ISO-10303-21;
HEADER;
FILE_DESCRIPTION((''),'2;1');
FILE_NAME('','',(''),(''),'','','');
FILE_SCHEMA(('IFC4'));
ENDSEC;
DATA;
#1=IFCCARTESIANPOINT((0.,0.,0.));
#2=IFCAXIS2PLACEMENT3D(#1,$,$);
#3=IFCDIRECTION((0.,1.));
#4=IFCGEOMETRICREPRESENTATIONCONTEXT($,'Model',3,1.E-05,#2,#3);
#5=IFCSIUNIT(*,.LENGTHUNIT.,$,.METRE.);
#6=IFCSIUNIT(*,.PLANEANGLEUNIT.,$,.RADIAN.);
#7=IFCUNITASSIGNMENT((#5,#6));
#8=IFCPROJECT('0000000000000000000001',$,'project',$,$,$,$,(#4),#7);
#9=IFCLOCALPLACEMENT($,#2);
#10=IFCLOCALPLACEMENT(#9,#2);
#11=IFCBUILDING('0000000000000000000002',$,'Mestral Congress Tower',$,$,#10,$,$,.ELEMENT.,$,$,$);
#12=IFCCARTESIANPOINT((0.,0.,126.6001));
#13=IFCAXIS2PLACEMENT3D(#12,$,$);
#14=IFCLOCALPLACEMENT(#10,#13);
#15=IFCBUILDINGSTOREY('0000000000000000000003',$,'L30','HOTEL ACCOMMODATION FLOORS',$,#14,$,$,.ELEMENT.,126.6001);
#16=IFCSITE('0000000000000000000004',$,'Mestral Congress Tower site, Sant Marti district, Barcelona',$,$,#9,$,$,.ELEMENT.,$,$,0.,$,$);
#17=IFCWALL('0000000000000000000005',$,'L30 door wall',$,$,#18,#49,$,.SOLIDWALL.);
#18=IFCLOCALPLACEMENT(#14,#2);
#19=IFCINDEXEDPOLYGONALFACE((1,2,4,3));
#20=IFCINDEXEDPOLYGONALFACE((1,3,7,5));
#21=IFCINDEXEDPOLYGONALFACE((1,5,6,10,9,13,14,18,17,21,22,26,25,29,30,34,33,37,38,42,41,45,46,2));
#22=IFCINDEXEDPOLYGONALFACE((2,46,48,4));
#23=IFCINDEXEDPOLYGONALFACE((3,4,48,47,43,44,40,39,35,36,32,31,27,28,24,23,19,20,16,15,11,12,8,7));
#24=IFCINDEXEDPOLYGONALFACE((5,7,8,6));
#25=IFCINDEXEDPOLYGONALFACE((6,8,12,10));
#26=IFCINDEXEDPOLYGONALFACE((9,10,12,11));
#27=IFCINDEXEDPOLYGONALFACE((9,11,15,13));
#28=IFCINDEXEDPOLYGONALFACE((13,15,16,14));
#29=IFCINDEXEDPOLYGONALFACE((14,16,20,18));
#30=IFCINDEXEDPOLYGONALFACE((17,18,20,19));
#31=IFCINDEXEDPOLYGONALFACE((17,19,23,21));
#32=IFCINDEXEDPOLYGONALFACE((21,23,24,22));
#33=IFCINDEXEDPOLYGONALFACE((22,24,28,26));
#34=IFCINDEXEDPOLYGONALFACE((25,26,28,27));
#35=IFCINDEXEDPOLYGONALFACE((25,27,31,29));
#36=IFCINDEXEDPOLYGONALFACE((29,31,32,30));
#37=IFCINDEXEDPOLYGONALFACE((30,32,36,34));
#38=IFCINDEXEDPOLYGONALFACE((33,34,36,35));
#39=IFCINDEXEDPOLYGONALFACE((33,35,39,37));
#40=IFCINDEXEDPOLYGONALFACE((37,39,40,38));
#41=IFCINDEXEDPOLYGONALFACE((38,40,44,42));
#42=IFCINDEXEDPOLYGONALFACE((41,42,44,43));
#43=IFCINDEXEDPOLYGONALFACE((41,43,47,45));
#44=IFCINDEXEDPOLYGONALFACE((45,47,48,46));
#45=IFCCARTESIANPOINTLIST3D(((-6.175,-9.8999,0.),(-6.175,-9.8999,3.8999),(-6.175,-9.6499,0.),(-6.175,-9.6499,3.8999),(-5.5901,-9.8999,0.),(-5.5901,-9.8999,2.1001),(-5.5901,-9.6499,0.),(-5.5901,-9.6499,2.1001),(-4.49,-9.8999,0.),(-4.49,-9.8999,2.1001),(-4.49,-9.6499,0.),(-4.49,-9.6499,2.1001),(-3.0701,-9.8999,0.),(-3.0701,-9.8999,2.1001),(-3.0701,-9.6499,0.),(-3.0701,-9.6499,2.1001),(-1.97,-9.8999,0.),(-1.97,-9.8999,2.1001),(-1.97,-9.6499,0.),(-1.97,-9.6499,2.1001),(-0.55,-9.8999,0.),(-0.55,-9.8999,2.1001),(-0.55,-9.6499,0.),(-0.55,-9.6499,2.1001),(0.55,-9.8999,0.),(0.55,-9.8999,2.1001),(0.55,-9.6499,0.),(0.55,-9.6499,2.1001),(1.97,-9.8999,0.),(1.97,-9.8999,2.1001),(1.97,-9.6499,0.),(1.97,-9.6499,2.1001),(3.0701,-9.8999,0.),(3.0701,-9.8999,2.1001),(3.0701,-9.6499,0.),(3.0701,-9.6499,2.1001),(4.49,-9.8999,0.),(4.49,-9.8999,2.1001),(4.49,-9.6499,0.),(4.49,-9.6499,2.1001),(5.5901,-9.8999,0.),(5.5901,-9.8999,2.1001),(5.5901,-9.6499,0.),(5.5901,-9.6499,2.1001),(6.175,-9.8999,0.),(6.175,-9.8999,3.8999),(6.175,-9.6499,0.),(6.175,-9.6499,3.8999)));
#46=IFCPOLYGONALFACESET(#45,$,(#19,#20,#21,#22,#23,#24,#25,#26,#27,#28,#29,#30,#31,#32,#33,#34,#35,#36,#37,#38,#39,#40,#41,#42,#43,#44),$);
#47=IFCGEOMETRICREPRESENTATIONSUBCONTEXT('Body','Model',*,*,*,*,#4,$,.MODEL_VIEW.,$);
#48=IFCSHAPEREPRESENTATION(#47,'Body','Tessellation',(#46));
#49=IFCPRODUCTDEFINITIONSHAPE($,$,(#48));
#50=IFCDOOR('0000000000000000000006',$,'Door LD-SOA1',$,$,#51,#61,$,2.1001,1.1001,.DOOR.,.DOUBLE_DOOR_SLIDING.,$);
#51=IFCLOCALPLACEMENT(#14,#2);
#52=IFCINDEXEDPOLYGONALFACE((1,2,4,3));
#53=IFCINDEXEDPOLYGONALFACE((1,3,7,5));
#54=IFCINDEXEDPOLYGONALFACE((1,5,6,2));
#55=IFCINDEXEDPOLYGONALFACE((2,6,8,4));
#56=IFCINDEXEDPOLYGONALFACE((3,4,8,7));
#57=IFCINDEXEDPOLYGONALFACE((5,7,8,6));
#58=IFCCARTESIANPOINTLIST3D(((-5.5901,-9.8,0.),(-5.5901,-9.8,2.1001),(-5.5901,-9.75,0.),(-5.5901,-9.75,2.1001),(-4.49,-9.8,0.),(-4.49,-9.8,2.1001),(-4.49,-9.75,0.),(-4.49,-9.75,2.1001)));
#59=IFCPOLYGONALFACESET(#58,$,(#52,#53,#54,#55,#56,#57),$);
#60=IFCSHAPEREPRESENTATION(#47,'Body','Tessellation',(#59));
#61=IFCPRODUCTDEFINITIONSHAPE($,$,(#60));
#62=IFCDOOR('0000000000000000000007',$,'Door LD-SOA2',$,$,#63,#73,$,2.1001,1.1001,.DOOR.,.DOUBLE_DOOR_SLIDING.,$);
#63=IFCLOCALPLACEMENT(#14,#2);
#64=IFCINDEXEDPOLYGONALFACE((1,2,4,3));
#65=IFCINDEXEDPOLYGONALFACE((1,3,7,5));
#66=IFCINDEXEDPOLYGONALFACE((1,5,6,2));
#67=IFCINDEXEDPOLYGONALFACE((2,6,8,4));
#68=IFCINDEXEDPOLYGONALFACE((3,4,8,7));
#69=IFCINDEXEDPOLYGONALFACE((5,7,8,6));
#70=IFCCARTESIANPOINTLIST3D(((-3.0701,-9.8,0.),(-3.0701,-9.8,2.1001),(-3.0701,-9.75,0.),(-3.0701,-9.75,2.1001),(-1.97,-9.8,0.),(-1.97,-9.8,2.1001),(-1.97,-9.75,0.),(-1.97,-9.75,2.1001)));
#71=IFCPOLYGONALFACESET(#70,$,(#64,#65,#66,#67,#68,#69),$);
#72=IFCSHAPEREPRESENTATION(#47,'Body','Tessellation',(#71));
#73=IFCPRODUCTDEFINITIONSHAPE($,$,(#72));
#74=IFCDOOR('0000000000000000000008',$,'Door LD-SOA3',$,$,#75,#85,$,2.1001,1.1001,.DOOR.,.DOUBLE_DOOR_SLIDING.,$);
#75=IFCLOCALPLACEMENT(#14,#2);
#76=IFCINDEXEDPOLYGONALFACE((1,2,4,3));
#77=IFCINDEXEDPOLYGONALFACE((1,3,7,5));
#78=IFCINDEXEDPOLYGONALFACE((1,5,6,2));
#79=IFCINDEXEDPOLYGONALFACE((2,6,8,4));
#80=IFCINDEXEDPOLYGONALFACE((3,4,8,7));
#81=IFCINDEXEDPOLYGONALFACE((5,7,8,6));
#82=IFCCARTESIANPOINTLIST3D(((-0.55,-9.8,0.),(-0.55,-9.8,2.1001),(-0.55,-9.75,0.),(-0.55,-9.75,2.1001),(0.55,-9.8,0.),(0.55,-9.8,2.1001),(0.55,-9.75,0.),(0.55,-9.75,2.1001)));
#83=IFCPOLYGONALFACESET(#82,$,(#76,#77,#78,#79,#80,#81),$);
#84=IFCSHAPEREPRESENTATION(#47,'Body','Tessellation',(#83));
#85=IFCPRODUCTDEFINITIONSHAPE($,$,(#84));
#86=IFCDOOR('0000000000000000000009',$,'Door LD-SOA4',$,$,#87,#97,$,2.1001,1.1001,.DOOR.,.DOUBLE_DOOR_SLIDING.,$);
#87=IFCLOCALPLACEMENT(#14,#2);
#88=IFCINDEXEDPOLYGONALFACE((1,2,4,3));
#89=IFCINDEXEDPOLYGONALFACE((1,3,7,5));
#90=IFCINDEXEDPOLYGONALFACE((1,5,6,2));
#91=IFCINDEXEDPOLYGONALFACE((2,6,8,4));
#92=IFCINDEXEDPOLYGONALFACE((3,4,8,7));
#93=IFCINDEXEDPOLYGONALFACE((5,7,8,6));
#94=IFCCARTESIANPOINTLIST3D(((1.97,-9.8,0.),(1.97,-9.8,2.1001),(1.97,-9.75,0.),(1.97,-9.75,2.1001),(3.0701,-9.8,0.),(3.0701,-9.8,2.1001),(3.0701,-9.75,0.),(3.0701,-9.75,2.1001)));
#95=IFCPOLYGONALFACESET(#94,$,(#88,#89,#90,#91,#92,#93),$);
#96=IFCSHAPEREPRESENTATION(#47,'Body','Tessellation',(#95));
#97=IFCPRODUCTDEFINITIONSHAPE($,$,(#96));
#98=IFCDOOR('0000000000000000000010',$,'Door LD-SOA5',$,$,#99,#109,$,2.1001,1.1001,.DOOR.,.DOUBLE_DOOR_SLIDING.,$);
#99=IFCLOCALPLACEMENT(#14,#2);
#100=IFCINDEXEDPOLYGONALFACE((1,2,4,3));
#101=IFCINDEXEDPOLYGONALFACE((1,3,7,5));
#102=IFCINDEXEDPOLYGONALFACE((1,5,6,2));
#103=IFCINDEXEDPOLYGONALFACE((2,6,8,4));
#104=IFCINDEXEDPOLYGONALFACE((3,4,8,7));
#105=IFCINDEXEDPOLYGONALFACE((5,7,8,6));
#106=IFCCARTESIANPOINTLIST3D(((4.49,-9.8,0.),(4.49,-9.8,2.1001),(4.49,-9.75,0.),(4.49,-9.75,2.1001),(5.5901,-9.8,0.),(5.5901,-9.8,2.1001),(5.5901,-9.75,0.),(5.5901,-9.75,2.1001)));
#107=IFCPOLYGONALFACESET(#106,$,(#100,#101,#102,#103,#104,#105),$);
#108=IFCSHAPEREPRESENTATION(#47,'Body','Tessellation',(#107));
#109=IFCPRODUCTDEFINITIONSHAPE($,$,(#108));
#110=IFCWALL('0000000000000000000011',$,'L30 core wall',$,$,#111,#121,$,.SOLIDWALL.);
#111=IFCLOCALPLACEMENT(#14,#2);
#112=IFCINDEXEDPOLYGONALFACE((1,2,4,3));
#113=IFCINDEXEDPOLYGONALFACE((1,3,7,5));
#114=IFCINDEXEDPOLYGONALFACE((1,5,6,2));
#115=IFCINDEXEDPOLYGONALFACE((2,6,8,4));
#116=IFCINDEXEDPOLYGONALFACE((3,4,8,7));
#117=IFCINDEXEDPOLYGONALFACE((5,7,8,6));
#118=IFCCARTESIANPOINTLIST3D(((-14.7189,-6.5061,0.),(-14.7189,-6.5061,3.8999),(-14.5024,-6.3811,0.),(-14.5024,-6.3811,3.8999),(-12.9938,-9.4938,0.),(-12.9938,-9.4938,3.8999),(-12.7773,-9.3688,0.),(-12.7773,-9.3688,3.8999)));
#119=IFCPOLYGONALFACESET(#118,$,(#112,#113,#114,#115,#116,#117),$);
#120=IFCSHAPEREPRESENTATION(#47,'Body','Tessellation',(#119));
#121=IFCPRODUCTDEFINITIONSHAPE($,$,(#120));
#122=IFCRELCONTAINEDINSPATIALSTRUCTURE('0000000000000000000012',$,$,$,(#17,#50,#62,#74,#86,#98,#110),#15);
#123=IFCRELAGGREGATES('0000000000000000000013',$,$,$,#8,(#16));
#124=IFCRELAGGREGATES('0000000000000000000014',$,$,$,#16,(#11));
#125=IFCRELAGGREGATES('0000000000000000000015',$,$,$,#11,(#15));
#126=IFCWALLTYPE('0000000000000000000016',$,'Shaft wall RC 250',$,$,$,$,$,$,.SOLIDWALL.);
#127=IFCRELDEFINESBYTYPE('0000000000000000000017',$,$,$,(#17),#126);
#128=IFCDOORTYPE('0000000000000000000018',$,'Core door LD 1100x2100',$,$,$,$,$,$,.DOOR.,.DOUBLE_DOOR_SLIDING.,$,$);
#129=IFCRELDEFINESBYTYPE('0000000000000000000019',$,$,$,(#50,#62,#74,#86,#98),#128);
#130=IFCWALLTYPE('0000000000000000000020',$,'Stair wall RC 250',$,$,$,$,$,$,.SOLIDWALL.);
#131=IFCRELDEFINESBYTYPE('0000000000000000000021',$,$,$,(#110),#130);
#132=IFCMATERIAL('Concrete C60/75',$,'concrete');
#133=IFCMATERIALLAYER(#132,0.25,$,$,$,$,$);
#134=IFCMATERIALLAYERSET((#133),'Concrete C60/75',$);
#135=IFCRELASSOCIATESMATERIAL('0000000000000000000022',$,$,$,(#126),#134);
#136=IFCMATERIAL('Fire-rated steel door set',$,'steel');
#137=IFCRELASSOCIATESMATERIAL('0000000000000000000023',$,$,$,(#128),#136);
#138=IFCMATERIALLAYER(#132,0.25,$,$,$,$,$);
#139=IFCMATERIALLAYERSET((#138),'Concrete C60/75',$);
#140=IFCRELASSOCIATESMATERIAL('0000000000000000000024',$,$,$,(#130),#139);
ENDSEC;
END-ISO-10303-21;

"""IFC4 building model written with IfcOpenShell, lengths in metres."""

from ifc_helpers import new_model, si_unit, direction, frame, frame_2d, origin, place, context, subcontext, project, spatial, rectangle, extrude, material, layer, layer_set, type_object, element, fill, save


model = new_model("IFC4")

# Units and contexts
model_context = context("Model", 3, precision=1e-05, world=origin(), true_north=direction((0.0, 1.0)))
body_context = subcontext(model_context, "Body", "Model", "MODEL_VIEW")
ifc_project = project(units=[si_unit("LENGTHUNIT", "METRE"), si_unit("PLANEANGLEUNIT", "RADIAN")], contexts=[model_context])

# Site, building, storey
site_placement = place(None, origin())
site = spatial("IfcSite", under=ifc_project, at=site_placement, Name="Mestral Congress Tower site, Sant Marti district, Barcelona", CompositionType="ELEMENT", RefElevation=0.0)
building_placement = place(site_placement, origin())
building = spatial("IfcBuilding", under=site, at=building_placement, Name="Mestral Congress Tower", CompositionType="ELEMENT")
storey_placement = place(building_placement, frame((0.0, 0.0, 126.6001)))
storey = spatial("IfcBuildingStorey", under=building, at=storey_placement, Name="L30", Description="HOTEL ACCOMMODATION FLOORS", CompositionType="ELEMENT", Elevation=126.6001)

# Shared definitions
ifc_material_1 = material(Name="Concrete C60/75", Category="concrete")

# Shared definitions
ifc_layer_1 = layer(ifc_material_1, 0.25)
ifc_layer_set_1 = layer_set([ifc_layer_1], Name="Concrete C60/75")
wall_type_1 = type_object("IfcWallType", Name="Shaft wall RC 250", PredefinedType="SOLIDWALL", material=ifc_layer_set_1)

# Wall, openings, doors
wall_1_placement = place(storey_placement, frame((-6.175, -9.7749, 0.0), z_axis=(0.0, 0.0, 1.0), x_axis=(1.0, 0.0, 0.0)))
wall_1 = element("IfcWall", 1, at=wall_1_placement, inside=storey, type_object=wall_type_1, Name="L30 door wall", PredefinedType="SOLIDWALL", context=body_context, shape_type="SweptSolid", body=[
    extrude(rectangle(XDim=12.3501, YDim=0.25, at=frame_2d((6.175, 0.0))), origin(), (0.0, 0.0, 1.0), 3.8999),
])
opening_1_placement = place(wall_1_placement, frame((0.585, 0.0, 0.0)))
opening_1 = element("IfcOpeningElement", 2, at=opening_1_placement, cuts=wall_1, PredefinedType="OPENING", context=body_context, shape_type="SweptSolid", body=[
    extrude(rectangle(XDim=1.1001, YDim=2.1001, at=frame_2d((0.55, 1.05))), frame((0.0, 0.135, 0.0), z_axis=(0.0, -1.0, 0.0), x_axis=(1.0, 0.0, 0.0)), (0.0, 0.0, 1.0), 0.27),
])
opening_2_placement = place(wall_1_placement, frame((3.105, 0.0, 0.0)))
opening_2 = element("IfcOpeningElement", 3, at=opening_2_placement, cuts=wall_1, PredefinedType="OPENING", context=body_context, shape_type="SweptSolid", body=[
    extrude(rectangle(XDim=1.1001, YDim=2.1001, at=frame_2d((0.55, 1.05))), frame((0.0, 0.135, 0.0), z_axis=(0.0, -1.0, 0.0), x_axis=(1.0, 0.0, 0.0)), (0.0, 0.0, 1.0), 0.27),
])
opening_3_placement = place(wall_1_placement, frame((5.625, 0.0, 0.0)))
opening_3 = element("IfcOpeningElement", 4, at=opening_3_placement, cuts=wall_1, PredefinedType="OPENING", context=body_context, shape_type="SweptSolid", body=[
    extrude(rectangle(XDim=1.1001, YDim=2.1001, at=frame_2d((0.55, 1.05))), frame((0.0, 0.135, 0.0), z_axis=(0.0, -1.0, 0.0), x_axis=(1.0, 0.0, 0.0)), (0.0, 0.0, 1.0), 0.27),
])
opening_4_placement = place(wall_1_placement, frame((8.145, 0.0, 0.0)))
opening_4 = element("IfcOpeningElement", 5, at=opening_4_placement, cuts=wall_1, PredefinedType="OPENING", context=body_context, shape_type="SweptSolid", body=[
    extrude(rectangle(XDim=1.1001, YDim=2.1001, at=frame_2d((0.55, 1.05))), frame((0.0, 0.135, 0.0), z_axis=(0.0, -1.0, 0.0), x_axis=(1.0, 0.0, 0.0)), (0.0, 0.0, 1.0), 0.27),
])
opening_5_placement = place(wall_1_placement, frame((10.665, 0.0, 0.0)))
opening_5 = element("IfcOpeningElement", 6, at=opening_5_placement, cuts=wall_1, PredefinedType="OPENING", context=body_context, shape_type="SweptSolid", body=[
    extrude(rectangle(XDim=1.1001, YDim=2.1001, at=frame_2d((0.55, 1.05))), frame((0.0, 0.135, 0.0), z_axis=(0.0, -1.0, 0.0), x_axis=(1.0, 0.0, 0.0)), (0.0, 0.0, 1.0), 0.27),
])
ifc_material_2 = material(Name="Fire-rated steel door set", Category="steel")
door_type_1 = type_object("IfcDoorType", Name="Core door LD 1100x2100", OperationType="DOUBLE_DOOR_SLIDING", PredefinedType="DOOR", material=ifc_material_2)
door_1_placement = place(opening_1_placement, origin())
door_1 = element("IfcDoor", 7, at=door_1_placement, inside=storey, type_object=door_type_1, Name="Door LD-SOA1", OperationType="DOUBLE_DOOR_SLIDING", OverallHeight=2.1001, OverallWidth=1.1001, PredefinedType="DOOR", context=body_context, shape_type="SweptSolid", body=[
    extrude(rectangle(XDim=1.1001, YDim=2.1001, at=frame_2d((0.55, 1.05))), frame((0.0, 0.0249, 0.0), z_axis=(0.0, -1.0, 0.0), x_axis=(1.0, 0.0, 0.0)), (0.0, 0.0, 1.0), 0.05),
])
fill(opening_1, door_1)
door_2_placement = place(opening_2_placement, origin())
door_2 = element("IfcDoor", 8, at=door_2_placement, inside=storey, type_object=door_type_1, Name="Door LD-SOA2", OperationType="DOUBLE_DOOR_SLIDING", OverallHeight=2.1001, OverallWidth=1.1001, PredefinedType="DOOR", context=body_context, shape_type="SweptSolid", body=[
    extrude(rectangle(XDim=1.1001, YDim=2.1001, at=frame_2d((0.55, 1.05))), frame((0.0, 0.0249, 0.0), z_axis=(0.0, -1.0, 0.0), x_axis=(1.0, 0.0, 0.0)), (0.0, 0.0, 1.0), 0.05),
])
fill(opening_2, door_2)
door_3_placement = place(opening_3_placement, origin())
door_3 = element("IfcDoor", 9, at=door_3_placement, inside=storey, type_object=door_type_1, Name="Door LD-SOA3", OperationType="DOUBLE_DOOR_SLIDING", OverallHeight=2.1001, OverallWidth=1.1001, PredefinedType="DOOR", context=body_context, shape_type="SweptSolid", body=[
    extrude(rectangle(XDim=1.1001, YDim=2.1001, at=frame_2d((0.55, 1.05))), frame((0.0, 0.0249, 0.0), z_axis=(0.0, -1.0, 0.0), x_axis=(1.0, 0.0, 0.0)), (0.0, 0.0, 1.0), 0.05),
])
fill(opening_3, door_3)
door_4_placement = place(opening_4_placement, origin())
door_4 = element("IfcDoor", 10, at=door_4_placement, inside=storey, type_object=door_type_1, Name="Door LD-SOA4", OperationType="DOUBLE_DOOR_SLIDING", OverallHeight=2.1001, OverallWidth=1.1001, PredefinedType="DOOR", context=body_context, shape_type="SweptSolid", body=[
    extrude(rectangle(XDim=1.1001, YDim=2.1001, at=frame_2d((0.55, 1.05))), frame((0.0, 0.0249, 0.0), z_axis=(0.0, -1.0, 0.0), x_axis=(1.0, 0.0, 0.0)), (0.0, 0.0, 1.0), 0.05),
])
fill(opening_4, door_4)
door_5_placement = place(opening_5_placement, origin())
door_5 = element("IfcDoor", 11, at=door_5_placement, inside=storey, type_object=door_type_1, Name="Door LD-SOA5", OperationType="DOUBLE_DOOR_SLIDING", OverallHeight=2.1001, OverallWidth=1.1001, PredefinedType="DOOR", context=body_context, shape_type="SweptSolid", body=[
    extrude(rectangle(XDim=1.1001, YDim=2.1001, at=frame_2d((0.55, 1.05))), frame((0.0, 0.0249, 0.0), z_axis=(0.0, -1.0, 0.0), x_axis=(1.0, 0.0, 0.0)), (0.0, 0.0, 1.0), 0.05),
])
fill(opening_5, door_5)

# Wall
ifc_layer_2 = layer(ifc_material_1, 0.25)
ifc_layer_set_2 = layer_set([ifc_layer_2], Name="Concrete C60/75")
wall_type_2 = type_object("IfcWallType", Name="Stair wall RC 250", PredefinedType="SOLIDWALL", material=ifc_layer_set_2)
wall_2_placement = place(storey_placement, frame((-12.8855, -9.4314, 0.0), z_axis=(0.0, 0.0, 1.0), x_axis=(-0.500021, 0.866014, 0.0)))
element("IfcWall", 12, at=wall_2_placement, inside=storey, type_object=wall_type_2, Name="L30 core wall", PredefinedType="SOLIDWALL", context=body_context, shape_type="SweptSolid", body=[
    extrude(rectangle(XDim=3.45, YDim=0.25, at=frame_2d((1.7251, 0.0))), origin(), (0.0, 0.0, 1.0), 3.8999),
])

save(model, "model.ifc")
